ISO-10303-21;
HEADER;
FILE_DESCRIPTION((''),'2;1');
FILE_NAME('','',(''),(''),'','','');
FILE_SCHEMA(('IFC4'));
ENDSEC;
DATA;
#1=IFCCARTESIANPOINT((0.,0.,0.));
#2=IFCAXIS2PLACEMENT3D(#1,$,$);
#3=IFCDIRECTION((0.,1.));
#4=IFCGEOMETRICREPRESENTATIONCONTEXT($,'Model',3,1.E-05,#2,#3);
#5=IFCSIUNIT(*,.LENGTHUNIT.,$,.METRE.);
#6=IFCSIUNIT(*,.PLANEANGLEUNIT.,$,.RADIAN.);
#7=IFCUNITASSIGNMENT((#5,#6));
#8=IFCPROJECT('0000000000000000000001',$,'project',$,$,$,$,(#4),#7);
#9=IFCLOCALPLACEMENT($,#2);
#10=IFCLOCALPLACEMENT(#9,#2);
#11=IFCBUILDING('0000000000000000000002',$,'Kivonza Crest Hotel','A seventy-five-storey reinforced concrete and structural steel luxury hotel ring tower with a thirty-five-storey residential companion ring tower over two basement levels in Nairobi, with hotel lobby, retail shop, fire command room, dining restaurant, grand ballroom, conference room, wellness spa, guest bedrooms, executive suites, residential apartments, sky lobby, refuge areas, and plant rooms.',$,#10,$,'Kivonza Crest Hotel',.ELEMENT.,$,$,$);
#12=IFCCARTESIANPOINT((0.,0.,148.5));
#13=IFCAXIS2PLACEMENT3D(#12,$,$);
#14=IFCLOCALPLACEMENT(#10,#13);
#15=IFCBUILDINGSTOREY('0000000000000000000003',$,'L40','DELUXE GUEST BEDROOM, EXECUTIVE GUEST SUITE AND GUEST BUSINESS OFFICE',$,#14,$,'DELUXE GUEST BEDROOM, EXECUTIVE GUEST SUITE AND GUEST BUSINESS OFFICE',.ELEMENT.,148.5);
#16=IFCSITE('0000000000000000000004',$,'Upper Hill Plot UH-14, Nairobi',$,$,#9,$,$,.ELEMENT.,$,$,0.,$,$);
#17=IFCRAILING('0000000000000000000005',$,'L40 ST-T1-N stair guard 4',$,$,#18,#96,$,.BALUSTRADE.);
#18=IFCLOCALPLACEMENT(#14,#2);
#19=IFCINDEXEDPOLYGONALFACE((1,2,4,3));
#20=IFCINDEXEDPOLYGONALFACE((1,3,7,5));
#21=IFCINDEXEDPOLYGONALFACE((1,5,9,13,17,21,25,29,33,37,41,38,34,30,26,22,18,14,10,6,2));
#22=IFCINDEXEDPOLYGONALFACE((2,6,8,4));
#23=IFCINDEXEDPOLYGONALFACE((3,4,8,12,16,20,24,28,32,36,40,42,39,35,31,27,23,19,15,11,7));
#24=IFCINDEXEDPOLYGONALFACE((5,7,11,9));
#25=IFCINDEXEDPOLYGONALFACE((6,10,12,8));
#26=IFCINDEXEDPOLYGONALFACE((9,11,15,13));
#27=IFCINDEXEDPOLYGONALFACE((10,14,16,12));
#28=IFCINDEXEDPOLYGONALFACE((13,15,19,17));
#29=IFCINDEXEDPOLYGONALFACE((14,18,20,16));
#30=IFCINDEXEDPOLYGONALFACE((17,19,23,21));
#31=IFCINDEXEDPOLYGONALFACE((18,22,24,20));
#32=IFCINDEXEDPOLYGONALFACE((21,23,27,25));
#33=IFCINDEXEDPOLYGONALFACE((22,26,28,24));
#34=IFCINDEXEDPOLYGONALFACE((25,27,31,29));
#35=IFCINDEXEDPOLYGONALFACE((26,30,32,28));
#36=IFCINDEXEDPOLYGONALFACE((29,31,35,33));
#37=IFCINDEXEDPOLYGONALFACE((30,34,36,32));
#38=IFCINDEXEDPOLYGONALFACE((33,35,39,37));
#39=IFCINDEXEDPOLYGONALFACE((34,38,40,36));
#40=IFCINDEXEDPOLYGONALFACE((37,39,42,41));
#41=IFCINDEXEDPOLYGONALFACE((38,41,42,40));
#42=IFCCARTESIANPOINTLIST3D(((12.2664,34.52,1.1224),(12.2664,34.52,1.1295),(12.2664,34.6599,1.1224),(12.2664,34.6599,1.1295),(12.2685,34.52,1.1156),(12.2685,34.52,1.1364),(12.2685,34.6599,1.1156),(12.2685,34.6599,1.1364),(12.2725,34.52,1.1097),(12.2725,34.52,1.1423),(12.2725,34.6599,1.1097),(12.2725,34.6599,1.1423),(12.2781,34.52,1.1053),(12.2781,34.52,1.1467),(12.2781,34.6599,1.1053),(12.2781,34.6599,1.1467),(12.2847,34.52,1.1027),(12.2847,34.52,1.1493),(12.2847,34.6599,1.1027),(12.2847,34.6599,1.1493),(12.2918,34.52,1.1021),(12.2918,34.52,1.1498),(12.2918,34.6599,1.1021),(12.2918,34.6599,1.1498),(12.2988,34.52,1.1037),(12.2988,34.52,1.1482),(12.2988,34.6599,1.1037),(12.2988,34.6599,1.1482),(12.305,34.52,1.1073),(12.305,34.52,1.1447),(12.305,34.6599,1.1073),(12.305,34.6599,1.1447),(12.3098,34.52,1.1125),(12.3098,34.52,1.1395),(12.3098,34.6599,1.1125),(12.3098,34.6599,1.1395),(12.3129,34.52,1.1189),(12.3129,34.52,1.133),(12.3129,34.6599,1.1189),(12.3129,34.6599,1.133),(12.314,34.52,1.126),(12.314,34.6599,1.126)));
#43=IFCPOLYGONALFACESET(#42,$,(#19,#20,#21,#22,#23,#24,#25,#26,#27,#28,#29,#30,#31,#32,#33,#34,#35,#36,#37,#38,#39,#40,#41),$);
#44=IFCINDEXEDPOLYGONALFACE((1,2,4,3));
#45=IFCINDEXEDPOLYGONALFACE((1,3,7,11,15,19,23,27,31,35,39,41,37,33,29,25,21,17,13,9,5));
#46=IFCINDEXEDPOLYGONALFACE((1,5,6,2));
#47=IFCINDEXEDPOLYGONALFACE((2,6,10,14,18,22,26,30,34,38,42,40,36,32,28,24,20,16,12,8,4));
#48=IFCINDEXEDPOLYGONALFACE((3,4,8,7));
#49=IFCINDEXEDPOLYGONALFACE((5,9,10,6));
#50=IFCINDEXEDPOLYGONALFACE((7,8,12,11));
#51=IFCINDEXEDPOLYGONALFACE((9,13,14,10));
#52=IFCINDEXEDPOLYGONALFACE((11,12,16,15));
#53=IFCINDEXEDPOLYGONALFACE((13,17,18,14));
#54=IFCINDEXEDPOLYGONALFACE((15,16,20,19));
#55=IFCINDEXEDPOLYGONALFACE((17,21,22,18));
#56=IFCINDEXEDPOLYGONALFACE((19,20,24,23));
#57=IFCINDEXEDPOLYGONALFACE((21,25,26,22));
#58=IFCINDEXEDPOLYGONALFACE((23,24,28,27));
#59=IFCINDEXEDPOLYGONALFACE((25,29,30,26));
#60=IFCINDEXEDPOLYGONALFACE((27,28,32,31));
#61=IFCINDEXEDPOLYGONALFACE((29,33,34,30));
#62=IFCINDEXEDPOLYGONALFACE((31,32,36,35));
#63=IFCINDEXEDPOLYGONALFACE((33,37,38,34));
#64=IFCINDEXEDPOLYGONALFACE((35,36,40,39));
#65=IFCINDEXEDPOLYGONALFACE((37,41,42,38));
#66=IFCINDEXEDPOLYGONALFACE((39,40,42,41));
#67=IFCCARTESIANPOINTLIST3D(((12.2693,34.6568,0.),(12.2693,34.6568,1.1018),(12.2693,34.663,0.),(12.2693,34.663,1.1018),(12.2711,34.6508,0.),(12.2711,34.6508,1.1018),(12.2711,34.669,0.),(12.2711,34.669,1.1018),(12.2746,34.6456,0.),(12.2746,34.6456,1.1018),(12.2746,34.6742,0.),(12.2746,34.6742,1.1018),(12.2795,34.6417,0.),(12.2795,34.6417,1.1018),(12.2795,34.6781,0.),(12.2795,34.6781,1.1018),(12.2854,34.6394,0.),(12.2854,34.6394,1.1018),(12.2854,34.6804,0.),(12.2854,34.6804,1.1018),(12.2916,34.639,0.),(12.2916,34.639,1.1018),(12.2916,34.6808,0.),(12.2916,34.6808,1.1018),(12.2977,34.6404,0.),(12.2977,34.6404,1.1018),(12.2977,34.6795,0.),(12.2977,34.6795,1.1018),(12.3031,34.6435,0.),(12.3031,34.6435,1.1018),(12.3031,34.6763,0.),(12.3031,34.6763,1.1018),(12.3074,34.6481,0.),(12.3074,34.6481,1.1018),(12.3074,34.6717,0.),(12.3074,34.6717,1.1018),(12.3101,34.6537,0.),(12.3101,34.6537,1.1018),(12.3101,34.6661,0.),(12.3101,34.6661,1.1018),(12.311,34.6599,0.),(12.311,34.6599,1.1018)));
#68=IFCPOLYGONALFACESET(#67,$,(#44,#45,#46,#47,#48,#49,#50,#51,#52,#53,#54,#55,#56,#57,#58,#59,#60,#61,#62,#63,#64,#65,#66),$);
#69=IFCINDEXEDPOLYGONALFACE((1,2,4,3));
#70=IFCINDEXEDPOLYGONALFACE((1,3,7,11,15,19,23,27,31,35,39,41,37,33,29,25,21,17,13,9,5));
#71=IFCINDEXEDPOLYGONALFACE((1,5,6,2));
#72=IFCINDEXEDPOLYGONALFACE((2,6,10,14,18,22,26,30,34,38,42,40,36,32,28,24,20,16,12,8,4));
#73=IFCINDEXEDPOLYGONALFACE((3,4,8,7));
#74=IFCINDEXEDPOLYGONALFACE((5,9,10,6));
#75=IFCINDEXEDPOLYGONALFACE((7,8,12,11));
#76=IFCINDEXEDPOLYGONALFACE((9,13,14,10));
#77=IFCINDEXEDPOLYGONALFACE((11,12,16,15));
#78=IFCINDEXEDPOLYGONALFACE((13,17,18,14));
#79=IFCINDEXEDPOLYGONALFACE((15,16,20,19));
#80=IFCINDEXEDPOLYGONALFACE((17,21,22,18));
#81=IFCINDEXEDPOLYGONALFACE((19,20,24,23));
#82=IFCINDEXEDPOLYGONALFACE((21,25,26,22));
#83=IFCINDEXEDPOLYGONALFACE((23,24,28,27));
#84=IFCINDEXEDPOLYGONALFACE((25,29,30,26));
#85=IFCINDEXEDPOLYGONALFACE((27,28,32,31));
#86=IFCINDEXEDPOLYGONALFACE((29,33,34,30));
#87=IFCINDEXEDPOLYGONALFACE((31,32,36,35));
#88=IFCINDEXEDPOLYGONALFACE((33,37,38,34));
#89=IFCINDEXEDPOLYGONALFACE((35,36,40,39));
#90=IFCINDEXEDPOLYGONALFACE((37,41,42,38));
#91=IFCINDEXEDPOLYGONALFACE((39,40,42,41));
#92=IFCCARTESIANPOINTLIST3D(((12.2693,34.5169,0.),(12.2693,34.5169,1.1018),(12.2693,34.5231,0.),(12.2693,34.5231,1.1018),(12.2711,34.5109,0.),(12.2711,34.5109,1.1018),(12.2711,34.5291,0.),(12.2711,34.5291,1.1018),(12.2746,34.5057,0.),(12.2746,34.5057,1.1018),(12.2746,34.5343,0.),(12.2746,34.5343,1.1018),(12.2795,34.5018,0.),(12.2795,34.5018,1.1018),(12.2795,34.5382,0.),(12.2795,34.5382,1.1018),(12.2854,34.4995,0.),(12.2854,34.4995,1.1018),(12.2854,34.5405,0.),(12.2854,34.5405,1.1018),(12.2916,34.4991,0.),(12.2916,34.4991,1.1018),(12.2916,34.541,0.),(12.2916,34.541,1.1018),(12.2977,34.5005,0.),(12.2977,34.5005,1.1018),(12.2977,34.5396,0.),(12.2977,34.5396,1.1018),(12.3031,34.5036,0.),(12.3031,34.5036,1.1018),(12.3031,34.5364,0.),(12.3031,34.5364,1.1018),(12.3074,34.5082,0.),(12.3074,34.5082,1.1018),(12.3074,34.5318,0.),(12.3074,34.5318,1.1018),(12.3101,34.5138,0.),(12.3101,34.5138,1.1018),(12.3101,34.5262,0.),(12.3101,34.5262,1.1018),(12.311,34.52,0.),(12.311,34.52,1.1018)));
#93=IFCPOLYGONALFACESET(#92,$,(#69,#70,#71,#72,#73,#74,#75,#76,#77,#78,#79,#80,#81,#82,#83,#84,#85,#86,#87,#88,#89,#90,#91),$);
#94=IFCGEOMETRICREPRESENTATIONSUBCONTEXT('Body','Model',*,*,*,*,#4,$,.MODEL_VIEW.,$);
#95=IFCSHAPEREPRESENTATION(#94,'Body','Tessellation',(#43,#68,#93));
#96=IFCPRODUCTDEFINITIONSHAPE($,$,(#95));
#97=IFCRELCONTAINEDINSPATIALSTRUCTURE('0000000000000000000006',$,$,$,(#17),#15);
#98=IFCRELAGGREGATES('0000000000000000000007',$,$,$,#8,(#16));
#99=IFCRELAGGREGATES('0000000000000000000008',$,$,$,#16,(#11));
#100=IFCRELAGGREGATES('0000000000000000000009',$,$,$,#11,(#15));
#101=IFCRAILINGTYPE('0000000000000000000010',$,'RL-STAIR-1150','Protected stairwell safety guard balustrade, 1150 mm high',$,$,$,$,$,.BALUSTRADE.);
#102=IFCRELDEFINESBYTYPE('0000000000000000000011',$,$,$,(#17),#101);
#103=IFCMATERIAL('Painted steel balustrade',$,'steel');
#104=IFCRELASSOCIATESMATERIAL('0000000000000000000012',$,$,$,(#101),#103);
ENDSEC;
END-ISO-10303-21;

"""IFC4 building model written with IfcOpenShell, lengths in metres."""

from ifc_helpers import new_model, si_unit, direction, frame, origin, origin_2d, place, context, subcontext, project, spatial, circle, extrude, material, type_object, element, save


model = new_model("IFC4")

# Units and contexts
model_context = context("Model", 3, precision=1e-05, world=origin(), true_north=direction((0.0, 1.0)))
body_context = subcontext(model_context, "Body", "Model", "MODEL_VIEW")
ifc_project = project(units=[si_unit("LENGTHUNIT", "METRE"), si_unit("PLANEANGLEUNIT", "RADIAN")], contexts=[model_context])

# Site, building, storey
site_placement = place(None, origin())
site = spatial("IfcSite", under=ifc_project, at=site_placement, Name="Upper Hill Plot UH-14, Nairobi", CompositionType="ELEMENT", RefElevation=0.0)
building_placement = place(site_placement, origin())
building = spatial("IfcBuilding", under=site, at=building_placement, Name="Kivonza Crest Hotel", Description="A seventy-five-storey reinforced concrete and structural steel luxury hotel ring tower with a thirty-five-storey residential companion ring tower over two basement levels in Nairobi, with hotel lobby, retail shop, fire command room, dining restaurant, grand ballroom, conference room, wellness spa, guest bedrooms, executive suites, residential apartments, sky lobby, refuge areas, and plant rooms.", LongName="Kivonza Crest Hotel", CompositionType="ELEMENT")
storey_placement = place(building_placement, frame((0.0, 0.0, 148.5)))
storey = spatial("IfcBuildingStorey", under=building, at=storey_placement, Name="L40", Description="DELUXE GUEST BEDROOM, EXECUTIVE GUEST SUITE AND GUEST BUSINESS OFFICE", LongName="DELUXE GUEST BEDROOM, EXECUTIVE GUEST SUITE AND GUEST BUSINESS OFFICE", CompositionType="ELEMENT", Elevation=148.5)

# Railing
ifc_material_1 = material(Name="Painted steel balustrade", Category="steel")
railing_type_1 = type_object("IfcRailingType", Name="RL-STAIR-1150", Description="Protected stairwell safety guard balustrade, 1150 mm high", PredefinedType="BALUSTRADE", material=ifc_material_1)
railing_1_placement = place(storey_placement, frame((12.29, 34.6599, 0.0)))
element("IfcRailing", 1, at=railing_1_placement, inside=storey, type_object=railing_type_1, Name="L40 ST-T1-N stair guard 4", PredefinedType="BALUSTRADE", context=body_context, shape_type="SweptSolid", body=[
    extrude(circle(Radius=0.0239, at=origin_2d()), frame((0.0, 0.0, 1.126), z_axis=(0.0, -1.0, 0.0), x_axis=(1.0, 0.0, 0.0)), (0.0, 0.0, 1.0), 0.1399),
    extrude(circle(Radius=0.021, at=origin_2d()), origin(), (0.0, 0.0, 1.0), 1.1018),
    extrude(circle(Radius=0.021, at=origin_2d()), frame((0.0, -0.1399, 0.0)), (0.0, 0.0, 1.0), 1.1018),
])

save(model, "model.ifc")
